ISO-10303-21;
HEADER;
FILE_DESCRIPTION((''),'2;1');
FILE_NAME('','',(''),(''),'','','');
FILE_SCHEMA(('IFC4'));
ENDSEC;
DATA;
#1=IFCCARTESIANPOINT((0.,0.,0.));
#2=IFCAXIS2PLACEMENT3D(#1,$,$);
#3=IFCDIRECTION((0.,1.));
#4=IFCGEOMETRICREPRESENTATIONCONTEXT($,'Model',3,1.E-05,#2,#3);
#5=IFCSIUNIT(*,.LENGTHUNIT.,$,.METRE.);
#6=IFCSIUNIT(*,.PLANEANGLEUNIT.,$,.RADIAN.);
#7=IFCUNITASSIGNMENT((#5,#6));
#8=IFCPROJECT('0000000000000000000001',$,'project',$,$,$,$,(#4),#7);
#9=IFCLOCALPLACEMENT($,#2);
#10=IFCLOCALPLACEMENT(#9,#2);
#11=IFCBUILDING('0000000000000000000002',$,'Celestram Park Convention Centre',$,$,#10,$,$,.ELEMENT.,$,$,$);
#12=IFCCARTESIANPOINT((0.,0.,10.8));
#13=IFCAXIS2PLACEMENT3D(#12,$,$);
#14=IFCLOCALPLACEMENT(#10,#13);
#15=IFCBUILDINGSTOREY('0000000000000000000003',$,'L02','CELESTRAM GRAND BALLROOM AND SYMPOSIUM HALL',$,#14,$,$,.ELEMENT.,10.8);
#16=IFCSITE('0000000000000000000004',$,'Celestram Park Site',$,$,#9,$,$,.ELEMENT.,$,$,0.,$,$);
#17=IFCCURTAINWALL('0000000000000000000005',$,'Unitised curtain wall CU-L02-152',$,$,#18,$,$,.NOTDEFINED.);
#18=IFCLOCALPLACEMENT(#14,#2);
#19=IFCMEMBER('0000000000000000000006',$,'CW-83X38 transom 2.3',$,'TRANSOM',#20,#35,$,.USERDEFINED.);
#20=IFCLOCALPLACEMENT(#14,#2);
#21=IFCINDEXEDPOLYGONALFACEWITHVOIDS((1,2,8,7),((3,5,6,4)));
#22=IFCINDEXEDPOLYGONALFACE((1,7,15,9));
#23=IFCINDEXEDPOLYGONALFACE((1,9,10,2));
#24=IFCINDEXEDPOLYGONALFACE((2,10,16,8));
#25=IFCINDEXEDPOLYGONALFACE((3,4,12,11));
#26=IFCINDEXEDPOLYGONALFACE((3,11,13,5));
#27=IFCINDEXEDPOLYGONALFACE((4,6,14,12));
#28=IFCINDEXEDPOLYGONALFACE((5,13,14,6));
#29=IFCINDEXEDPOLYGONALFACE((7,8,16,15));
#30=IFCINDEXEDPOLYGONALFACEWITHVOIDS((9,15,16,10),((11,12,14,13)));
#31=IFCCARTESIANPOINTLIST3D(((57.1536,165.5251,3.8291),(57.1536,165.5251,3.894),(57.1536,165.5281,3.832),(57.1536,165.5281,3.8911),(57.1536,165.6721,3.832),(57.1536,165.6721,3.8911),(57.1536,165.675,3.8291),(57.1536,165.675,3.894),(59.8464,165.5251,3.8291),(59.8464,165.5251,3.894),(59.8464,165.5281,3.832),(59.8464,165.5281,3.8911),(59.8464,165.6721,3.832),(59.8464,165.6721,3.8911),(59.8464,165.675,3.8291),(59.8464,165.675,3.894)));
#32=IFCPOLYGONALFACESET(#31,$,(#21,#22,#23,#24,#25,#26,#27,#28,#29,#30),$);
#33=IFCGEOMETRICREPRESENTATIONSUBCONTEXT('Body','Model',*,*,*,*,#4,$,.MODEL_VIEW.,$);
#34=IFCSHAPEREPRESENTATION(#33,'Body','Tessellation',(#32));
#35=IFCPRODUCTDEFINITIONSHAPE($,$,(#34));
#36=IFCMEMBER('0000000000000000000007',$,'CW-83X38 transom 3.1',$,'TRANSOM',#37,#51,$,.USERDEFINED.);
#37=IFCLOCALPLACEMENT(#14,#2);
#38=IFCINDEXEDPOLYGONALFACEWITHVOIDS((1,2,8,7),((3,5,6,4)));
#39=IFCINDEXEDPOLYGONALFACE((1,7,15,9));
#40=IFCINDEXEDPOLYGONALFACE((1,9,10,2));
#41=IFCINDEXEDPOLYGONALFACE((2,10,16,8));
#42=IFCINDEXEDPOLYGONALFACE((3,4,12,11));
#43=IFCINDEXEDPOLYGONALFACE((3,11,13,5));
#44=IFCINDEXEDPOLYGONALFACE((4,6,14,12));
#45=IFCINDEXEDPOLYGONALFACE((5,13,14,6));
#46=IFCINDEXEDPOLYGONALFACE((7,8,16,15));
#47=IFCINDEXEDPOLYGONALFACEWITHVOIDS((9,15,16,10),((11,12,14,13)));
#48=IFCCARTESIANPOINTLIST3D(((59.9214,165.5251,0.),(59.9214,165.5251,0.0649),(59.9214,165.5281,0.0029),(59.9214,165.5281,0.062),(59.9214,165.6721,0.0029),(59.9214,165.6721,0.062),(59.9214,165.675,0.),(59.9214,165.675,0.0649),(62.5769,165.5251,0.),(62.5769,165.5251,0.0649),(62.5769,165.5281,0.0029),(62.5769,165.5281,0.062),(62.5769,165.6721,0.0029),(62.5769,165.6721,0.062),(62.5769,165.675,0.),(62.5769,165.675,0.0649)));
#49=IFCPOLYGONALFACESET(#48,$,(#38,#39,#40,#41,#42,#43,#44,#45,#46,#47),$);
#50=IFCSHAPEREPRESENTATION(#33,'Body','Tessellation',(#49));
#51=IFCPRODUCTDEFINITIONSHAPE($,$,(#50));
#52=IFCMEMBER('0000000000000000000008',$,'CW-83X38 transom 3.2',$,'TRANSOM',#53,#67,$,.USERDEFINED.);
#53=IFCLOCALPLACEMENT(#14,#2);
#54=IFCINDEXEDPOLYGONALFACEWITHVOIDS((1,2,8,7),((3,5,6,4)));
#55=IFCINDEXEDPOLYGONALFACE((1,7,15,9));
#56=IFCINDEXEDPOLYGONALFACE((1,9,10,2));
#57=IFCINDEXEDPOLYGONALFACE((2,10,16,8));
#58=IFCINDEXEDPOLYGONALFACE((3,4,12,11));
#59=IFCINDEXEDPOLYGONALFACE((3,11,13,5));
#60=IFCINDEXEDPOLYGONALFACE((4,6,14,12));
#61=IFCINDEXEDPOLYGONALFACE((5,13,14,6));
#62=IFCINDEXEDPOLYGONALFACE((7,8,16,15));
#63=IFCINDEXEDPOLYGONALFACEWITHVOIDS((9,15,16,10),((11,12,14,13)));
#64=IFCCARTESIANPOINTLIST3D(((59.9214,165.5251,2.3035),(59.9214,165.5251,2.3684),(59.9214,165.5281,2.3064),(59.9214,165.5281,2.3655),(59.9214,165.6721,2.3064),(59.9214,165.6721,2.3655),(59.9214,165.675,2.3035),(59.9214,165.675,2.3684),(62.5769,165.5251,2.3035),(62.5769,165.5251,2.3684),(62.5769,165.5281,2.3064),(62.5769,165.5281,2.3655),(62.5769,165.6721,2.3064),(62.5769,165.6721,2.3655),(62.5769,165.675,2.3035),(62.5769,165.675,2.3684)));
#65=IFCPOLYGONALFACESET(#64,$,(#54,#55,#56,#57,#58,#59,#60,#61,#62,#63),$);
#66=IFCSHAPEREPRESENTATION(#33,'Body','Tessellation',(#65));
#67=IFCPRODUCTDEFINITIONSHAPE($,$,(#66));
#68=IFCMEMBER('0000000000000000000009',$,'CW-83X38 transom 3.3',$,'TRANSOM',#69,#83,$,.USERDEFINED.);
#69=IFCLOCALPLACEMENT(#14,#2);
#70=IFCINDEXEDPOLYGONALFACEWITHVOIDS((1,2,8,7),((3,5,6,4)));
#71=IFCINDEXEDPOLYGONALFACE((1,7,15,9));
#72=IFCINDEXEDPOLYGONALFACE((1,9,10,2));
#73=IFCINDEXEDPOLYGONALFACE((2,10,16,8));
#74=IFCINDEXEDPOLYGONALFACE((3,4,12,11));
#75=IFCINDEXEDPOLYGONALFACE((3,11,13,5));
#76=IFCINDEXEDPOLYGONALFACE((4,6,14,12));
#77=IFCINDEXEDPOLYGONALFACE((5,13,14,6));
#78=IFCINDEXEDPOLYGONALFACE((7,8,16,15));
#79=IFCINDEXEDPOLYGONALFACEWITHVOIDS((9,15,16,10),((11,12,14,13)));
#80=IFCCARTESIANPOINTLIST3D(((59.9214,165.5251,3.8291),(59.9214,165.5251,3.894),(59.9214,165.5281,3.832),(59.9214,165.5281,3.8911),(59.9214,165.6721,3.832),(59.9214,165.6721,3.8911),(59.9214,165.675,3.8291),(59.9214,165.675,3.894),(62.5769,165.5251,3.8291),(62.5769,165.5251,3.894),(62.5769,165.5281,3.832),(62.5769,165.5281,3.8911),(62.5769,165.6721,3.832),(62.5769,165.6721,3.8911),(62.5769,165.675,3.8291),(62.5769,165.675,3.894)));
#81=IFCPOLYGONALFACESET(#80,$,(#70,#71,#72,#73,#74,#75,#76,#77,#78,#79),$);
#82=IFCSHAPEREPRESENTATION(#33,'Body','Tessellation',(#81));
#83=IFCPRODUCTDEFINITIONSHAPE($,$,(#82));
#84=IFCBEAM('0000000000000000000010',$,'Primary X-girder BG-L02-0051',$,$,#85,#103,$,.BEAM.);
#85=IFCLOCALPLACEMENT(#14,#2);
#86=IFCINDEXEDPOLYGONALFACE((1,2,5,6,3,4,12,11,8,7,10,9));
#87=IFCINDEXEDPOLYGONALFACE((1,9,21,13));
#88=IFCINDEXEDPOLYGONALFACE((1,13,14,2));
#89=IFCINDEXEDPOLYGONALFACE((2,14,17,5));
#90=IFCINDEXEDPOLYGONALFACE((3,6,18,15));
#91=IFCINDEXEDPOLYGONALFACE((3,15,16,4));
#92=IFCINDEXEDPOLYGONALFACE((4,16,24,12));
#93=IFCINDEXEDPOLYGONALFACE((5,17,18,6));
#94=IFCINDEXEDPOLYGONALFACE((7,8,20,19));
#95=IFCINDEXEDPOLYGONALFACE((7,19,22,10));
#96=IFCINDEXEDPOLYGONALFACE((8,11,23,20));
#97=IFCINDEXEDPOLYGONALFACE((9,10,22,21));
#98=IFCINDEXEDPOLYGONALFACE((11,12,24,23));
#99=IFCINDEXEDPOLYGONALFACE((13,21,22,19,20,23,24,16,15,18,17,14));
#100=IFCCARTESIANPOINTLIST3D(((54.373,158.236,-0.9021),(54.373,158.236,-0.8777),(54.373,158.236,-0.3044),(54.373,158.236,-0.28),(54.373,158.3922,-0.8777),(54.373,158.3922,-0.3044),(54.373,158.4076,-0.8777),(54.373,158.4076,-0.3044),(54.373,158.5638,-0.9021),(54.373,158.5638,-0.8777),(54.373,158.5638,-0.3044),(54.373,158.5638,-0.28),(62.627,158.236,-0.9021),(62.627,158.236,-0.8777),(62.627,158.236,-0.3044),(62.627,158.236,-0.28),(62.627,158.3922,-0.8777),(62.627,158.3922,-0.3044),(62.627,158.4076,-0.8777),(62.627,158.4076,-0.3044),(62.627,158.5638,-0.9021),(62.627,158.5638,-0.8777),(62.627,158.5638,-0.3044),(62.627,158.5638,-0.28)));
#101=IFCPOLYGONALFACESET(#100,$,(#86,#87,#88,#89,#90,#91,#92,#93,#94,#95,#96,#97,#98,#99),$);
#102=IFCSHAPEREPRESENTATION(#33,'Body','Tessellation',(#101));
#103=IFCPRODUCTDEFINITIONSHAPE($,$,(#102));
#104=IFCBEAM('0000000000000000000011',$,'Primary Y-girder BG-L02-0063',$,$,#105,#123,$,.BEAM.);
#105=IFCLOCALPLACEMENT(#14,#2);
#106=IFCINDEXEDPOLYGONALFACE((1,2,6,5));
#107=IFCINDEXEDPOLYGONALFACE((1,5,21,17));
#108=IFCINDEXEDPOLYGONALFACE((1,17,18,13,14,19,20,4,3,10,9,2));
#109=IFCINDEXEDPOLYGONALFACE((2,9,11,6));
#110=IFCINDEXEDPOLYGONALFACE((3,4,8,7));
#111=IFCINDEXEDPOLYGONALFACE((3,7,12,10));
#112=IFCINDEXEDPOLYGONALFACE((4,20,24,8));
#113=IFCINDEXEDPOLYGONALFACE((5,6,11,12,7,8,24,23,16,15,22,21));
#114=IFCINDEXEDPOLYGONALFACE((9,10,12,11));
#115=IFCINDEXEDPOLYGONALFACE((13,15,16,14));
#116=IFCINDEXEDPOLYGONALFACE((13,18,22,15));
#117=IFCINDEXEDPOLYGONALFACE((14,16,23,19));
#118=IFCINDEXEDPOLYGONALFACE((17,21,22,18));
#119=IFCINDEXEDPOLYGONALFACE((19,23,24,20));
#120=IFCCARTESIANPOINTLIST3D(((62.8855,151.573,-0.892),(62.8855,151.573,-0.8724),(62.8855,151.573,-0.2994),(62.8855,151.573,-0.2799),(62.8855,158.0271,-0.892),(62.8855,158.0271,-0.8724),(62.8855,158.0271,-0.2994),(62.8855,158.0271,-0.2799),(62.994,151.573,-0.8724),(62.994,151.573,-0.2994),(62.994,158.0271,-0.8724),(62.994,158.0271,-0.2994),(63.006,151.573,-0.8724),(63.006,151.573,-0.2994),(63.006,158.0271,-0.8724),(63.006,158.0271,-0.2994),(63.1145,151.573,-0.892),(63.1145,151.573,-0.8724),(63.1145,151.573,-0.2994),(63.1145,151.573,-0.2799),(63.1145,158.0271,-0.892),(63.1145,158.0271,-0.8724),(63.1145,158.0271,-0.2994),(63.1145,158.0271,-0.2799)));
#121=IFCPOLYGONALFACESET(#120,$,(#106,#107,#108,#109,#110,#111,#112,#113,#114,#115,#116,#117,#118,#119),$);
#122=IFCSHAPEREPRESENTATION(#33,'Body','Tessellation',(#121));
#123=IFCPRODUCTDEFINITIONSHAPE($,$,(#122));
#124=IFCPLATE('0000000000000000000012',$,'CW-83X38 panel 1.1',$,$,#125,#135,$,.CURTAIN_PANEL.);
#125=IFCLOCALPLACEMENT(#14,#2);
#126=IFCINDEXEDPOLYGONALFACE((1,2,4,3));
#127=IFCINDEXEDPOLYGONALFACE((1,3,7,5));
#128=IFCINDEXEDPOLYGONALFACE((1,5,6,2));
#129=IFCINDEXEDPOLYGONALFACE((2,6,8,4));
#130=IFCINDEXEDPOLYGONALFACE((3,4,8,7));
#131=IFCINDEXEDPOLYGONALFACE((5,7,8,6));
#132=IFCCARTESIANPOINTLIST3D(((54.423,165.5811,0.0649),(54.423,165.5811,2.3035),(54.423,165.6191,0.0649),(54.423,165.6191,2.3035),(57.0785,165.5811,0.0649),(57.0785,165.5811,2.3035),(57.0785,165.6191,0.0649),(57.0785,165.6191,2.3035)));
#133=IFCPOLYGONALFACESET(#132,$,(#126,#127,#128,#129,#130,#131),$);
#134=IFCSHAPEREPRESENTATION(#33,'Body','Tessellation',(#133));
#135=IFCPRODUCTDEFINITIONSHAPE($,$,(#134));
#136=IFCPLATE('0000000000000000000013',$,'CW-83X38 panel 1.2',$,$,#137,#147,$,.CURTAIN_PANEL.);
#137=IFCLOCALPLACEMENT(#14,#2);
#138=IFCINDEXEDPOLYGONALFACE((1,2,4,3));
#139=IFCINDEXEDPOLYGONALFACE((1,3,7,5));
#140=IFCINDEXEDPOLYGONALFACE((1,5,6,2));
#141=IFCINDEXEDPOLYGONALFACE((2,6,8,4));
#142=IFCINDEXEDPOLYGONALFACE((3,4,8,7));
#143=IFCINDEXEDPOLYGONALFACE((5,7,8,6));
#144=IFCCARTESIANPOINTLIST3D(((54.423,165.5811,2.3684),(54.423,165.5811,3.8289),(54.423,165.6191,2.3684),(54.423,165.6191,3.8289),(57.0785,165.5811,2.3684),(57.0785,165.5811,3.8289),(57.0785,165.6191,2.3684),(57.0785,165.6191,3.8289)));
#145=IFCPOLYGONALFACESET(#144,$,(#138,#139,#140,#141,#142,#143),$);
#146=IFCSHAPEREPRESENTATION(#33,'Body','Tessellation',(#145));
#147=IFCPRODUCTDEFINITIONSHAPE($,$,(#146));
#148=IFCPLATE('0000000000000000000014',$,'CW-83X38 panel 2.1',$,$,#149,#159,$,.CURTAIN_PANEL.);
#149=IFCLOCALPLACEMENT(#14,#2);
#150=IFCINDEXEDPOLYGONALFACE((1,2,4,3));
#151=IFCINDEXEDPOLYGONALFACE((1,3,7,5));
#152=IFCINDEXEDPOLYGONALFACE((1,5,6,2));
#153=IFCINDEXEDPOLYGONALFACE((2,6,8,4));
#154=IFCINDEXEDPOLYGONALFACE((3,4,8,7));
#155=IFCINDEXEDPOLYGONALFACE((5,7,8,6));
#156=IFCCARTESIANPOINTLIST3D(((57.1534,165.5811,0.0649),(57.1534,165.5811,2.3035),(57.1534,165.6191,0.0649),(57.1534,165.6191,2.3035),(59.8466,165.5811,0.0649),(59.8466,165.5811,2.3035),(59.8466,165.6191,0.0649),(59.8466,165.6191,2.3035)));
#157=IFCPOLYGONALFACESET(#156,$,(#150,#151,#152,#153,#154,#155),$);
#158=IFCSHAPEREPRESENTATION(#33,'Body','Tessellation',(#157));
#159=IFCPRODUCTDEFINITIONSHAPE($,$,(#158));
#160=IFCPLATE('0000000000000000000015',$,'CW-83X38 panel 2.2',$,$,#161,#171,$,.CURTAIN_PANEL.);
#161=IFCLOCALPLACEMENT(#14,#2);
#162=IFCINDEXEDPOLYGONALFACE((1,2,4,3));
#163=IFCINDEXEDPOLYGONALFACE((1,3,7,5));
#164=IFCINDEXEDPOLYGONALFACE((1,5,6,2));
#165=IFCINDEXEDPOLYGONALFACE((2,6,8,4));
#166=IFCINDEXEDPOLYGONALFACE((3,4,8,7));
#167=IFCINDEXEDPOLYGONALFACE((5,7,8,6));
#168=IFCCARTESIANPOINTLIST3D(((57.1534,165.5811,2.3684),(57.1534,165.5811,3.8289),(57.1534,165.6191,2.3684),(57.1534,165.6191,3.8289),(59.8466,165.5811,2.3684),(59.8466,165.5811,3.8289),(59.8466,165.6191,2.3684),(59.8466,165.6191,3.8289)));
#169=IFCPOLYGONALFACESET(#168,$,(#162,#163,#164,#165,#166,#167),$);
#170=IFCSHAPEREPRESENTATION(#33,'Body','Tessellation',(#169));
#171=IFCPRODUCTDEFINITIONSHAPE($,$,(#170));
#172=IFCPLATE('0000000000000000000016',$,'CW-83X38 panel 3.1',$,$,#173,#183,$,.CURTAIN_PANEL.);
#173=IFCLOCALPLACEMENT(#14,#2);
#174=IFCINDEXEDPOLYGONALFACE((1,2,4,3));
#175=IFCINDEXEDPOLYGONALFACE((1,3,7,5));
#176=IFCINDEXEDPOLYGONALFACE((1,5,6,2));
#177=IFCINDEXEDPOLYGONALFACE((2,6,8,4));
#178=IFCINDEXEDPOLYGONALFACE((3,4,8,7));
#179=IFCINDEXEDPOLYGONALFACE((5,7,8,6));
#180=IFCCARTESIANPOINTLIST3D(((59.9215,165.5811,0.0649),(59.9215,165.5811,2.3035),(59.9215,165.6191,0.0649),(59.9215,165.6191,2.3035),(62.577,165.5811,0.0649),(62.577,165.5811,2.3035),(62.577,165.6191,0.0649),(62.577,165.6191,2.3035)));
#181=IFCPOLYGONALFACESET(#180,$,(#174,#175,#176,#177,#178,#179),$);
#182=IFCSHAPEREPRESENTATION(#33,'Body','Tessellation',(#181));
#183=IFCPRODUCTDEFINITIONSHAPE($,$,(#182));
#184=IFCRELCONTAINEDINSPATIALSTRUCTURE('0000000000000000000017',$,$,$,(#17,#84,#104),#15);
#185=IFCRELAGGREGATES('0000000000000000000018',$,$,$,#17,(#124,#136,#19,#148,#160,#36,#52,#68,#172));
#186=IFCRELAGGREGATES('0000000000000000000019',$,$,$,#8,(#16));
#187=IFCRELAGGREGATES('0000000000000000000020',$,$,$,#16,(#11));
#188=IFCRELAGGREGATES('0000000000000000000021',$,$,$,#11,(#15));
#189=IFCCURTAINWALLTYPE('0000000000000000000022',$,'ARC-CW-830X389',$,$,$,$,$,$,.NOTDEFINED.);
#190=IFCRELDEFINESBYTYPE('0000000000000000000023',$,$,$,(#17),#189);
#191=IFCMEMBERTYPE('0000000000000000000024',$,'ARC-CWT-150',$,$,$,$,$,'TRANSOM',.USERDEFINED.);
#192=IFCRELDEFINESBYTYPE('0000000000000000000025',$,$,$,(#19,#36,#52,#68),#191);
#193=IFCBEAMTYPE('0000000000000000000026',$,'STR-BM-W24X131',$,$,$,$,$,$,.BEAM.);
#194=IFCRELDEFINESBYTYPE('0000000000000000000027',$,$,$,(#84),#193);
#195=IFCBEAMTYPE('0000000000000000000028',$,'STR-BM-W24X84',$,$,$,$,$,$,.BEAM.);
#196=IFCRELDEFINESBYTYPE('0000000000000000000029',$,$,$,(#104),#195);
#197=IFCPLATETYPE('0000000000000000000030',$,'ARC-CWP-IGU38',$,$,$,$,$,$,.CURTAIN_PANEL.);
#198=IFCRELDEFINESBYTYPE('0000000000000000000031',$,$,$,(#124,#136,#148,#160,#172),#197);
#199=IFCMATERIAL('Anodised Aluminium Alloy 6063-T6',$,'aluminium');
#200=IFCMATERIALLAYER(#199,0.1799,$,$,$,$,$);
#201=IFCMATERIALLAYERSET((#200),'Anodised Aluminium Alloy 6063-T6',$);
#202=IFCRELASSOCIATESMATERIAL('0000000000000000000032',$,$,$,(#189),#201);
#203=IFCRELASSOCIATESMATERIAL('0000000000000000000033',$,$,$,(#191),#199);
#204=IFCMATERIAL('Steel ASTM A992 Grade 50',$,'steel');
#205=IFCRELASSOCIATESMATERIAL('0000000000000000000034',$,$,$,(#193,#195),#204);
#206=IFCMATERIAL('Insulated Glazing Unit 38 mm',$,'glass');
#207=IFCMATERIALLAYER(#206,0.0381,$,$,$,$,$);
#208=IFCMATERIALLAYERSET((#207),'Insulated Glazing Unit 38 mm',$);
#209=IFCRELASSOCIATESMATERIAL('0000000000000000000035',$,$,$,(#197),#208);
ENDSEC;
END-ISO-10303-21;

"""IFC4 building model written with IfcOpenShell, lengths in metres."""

from ifc_helpers import new_model, si_unit, direction, frame, origin, origin_2d, place, context, subcontext, project, spatial, rectangle, hollow_rectangle, i_section, extrude, material, layer, layer_set, material_profile, profile_set, type_object, element, aggregate, save


model = new_model("IFC4")

# Units and contexts
model_context = context("Model", 3, precision=1e-05, world=origin(), true_north=direction((0.0, 1.0)))
body_context = subcontext(model_context, "Body", "Model", "MODEL_VIEW")
ifc_project = project(units=[si_unit("LENGTHUNIT", "METRE"), si_unit("PLANEANGLEUNIT", "RADIAN")], contexts=[model_context])

# Site, building, storey
site_placement = place(None, origin())
site = spatial("IfcSite", under=ifc_project, at=site_placement, Name="Celestram Park Site", CompositionType="ELEMENT", RefElevation=0.0)
building_placement = place(site_placement, origin())
building = spatial("IfcBuilding", under=site, at=building_placement, Name="Celestram Park Convention Centre", CompositionType="ELEMENT")
storey_placement = place(building_placement, frame((0.0, 0.0, 10.8)))
storey = spatial("IfcBuildingStorey", under=building, at=storey_placement, Name="L02", Description="CELESTRAM GRAND BALLROOM AND SYMPOSIUM HALL", CompositionType="ELEMENT", Elevation=10.8)

# Curtain wall, members
ifc_material_1 = material(Name="Anodised Aluminium Alloy 6063-T6", Category="aluminium")
ifc_layer_1 = layer(ifc_material_1, 0.1799)
ifc_layer_set_1 = layer_set([ifc_layer_1], Name="Anodised Aluminium Alloy 6063-T6")
curtain_wall_type = type_object("IfcCurtainWallType", Name="ARC-CW-830X389", PredefinedType="NOTDEFINED", material=ifc_layer_set_1)
curtain_wall_placement = place(storey_placement, origin())
curtain_wall = element("IfcCurtainWall", 1, at=curtain_wall_placement, inside=storey, type_object=curtain_wall_type, Name="Unitised curtain wall CU-L02-152", PredefinedType="NOTDEFINED")
ifc_material_profile_1 = material_profile(ifc_material_1, hollow_rectangle(XDim=0.1499, YDim=0.0649, WallThickness=0.0029, at=origin_2d()), Name="ALU150X65X3")
ifc_profile_set_1 = profile_set([ifc_material_profile_1], Name="Anodised Aluminium Alloy 6063-T6")
member_type_1 = type_object("IfcMemberType", Name="ARC-CWT-150", ElementType="TRANSOM", PredefinedType="USERDEFINED", material=ifc_profile_set_1)
member_1_placement = place(storey_placement, frame((57.1536, 165.6001, 3.8616), z_axis=(1.0, 0.0, 0.0), x_axis=(0.0, 1.0, 0.0)))
member_1 = element("IfcMember", 2, at=member_1_placement, type_object=member_type_1, Name="CW-83X38 transom 2.3", ObjectType="TRANSOM", PredefinedType="USERDEFINED", context=body_context, shape_type="SweptSolid", body=[
    extrude(hollow_rectangle(XDim=0.1499, YDim=0.0649, WallThickness=0.0029, at=origin_2d()), origin(), (0.0, 0.0, 1.0), 2.6929),
])
member_2_placement = place(storey_placement, frame((59.9214, 165.6001, 0.0325), z_axis=(1.0, 0.0, 0.0), x_axis=(0.0, 1.0, 0.0)))
member_2 = element("IfcMember", 3, at=member_2_placement, type_object=member_type_1, Name="CW-83X38 transom 3.1", ObjectType="TRANSOM", PredefinedType="USERDEFINED", context=body_context, shape_type="SweptSolid", body=[
    extrude(hollow_rectangle(XDim=0.1499, YDim=0.0649, WallThickness=0.0029, at=origin_2d()), origin(), (0.0, 0.0, 1.0), 2.6555),
])
member_3_placement = place(storey_placement, frame((59.9214, 165.6001, 2.3359), z_axis=(1.0, 0.0, 0.0), x_axis=(0.0, 1.0, 0.0)))
member_3 = element("IfcMember", 4, at=member_3_placement, type_object=member_type_1, Name="CW-83X38 transom 3.2", ObjectType="TRANSOM", PredefinedType="USERDEFINED", context=body_context, shape_type="SweptSolid", body=[
    extrude(hollow_rectangle(XDim=0.1499, YDim=0.0649, WallThickness=0.0029, at=origin_2d()), origin(), (0.0, 0.0, 1.0), 2.6555),
])
member_4_placement = place(storey_placement, frame((59.9214, 165.6001, 3.8616), z_axis=(1.0, 0.0, 0.0), x_axis=(0.0, 1.0, 0.0)))
member_4 = element("IfcMember", 5, at=member_4_placement, type_object=member_type_1, Name="CW-83X38 transom 3.3", ObjectType="TRANSOM", PredefinedType="USERDEFINED", context=body_context, shape_type="SweptSolid", body=[
    extrude(hollow_rectangle(XDim=0.1499, YDim=0.0649, WallThickness=0.0029, at=origin_2d()), origin(), (0.0, 0.0, 1.0), 2.6555),
])

# Beams
ifc_material_2 = material(Name="Steel ASTM A992 Grade 50", Category="steel")
ifc_material_profile_2 = material_profile(ifc_material_2, i_section(OverallWidth=0.3279, OverallDepth=0.6221, WebThickness=0.0154, FlangeThickness=0.0244, at=origin_2d()), Name="W24X131")
ifc_profile_set_2 = profile_set([ifc_material_profile_2], Name="Steel ASTM A992 Grade 50")
beam_type_1 = type_object("IfcBeamType", Name="STR-BM-W24X131", PredefinedType="BEAM", material=ifc_profile_set_2)
beam_1_placement = place(storey_placement, frame((54.373, 158.3999, -0.5911), z_axis=(1.0, 0.0, 0.0), x_axis=(0.0, 1.0, 0.0)))
element("IfcBeam", 6, at=beam_1_placement, inside=storey, type_object=beam_type_1, Name="Primary X-girder BG-L02-0051", PredefinedType="BEAM", context=body_context, shape_type="SweptSolid", body=[
    extrude(i_section(OverallWidth=0.3279, OverallDepth=0.6221, WebThickness=0.0154, FlangeThickness=0.0244, at=origin_2d()), origin(), (0.0, 0.0, 1.0), 8.2539),
])
ifc_material_profile_3 = material_profile(ifc_material_2, i_section(OverallWidth=0.229, OverallDepth=0.6121, WebThickness=0.012, FlangeThickness=0.0195, at=origin_2d()), Name="W24X84")
ifc_profile_set_3 = profile_set([ifc_material_profile_3], Name="Steel ASTM A992 Grade 50")
beam_type_2 = type_object("IfcBeamType", Name="STR-BM-W24X84", PredefinedType="BEAM", material=ifc_profile_set_3)
beam_2_placement = place(storey_placement, frame((63.0, 151.573, -0.5859), z_axis=(0.0, 1.0, 0.0), x_axis=(-1.0, 0.0, 0.0)))
element("IfcBeam", 7, at=beam_2_placement, inside=storey, type_object=beam_type_2, Name="Primary Y-girder BG-L02-0063", PredefinedType="BEAM", context=body_context, shape_type="SweptSolid", body=[
    extrude(i_section(OverallWidth=0.229, OverallDepth=0.6121, WebThickness=0.012, FlangeThickness=0.0195, at=origin_2d()), origin(), (0.0, 0.0, 1.0), 6.4541),
])

# Plates
ifc_material_3 = material(Name="Insulated Glazing Unit 38 mm", Category="glass")
ifc_layer_2 = layer(ifc_material_3, 0.0381)
ifc_layer_set_2 = layer_set([ifc_layer_2], Name="Insulated Glazing Unit 38 mm")
plate_type = type_object("IfcPlateType", Name="ARC-CWP-IGU38", PredefinedType="CURTAIN_PANEL", material=ifc_layer_set_2)
plate_1_placement = place(storey_placement, frame((55.7507, 165.6001, 0.0649), z_axis=(0.0, 0.0, 1.0), x_axis=(1.0, 0.0, 0.0)))
plate_1 = element("IfcPlate", 8, at=plate_1_placement, type_object=plate_type, Name="CW-83X38 panel 1.1", PredefinedType="CURTAIN_PANEL", context=body_context, shape_type="SweptSolid", body=[
    extrude(rectangle(XDim=2.6555, YDim=0.0381, at=origin_2d()), origin(), (0.0, 0.0, 1.0), 2.2385),
])
plate_2_placement = place(storey_placement, frame((55.7507, 165.6001, 2.3684), z_axis=(0.0, 0.0, 1.0), x_axis=(1.0, 0.0, 0.0)))
plate_2 = element("IfcPlate", 9, at=plate_2_placement, type_object=plate_type, Name="CW-83X38 panel 1.2", PredefinedType="CURTAIN_PANEL", context=body_context, shape_type="SweptSolid", body=[
    extrude(rectangle(XDim=2.6555, YDim=0.0381, at=origin_2d()), origin(), (0.0, 0.0, 1.0), 1.4604),
])
plate_3_placement = place(storey_placement, frame((58.5, 165.6001, 0.0649), z_axis=(0.0, 0.0, 1.0), x_axis=(1.0, 0.0, 0.0)))
plate_3 = element("IfcPlate", 10, at=plate_3_placement, type_object=plate_type, Name="CW-83X38 panel 2.1", PredefinedType="CURTAIN_PANEL", context=body_context, shape_type="SweptSolid", body=[
    extrude(rectangle(XDim=2.6931, YDim=0.0381, at=origin_2d()), origin(), (0.0, 0.0, 1.0), 2.2385),
])
plate_4_placement = place(storey_placement, frame((58.5, 165.6001, 2.3684), z_axis=(0.0, 0.0, 1.0), x_axis=(1.0, 0.0, 0.0)))
plate_4 = element("IfcPlate", 11, at=plate_4_placement, type_object=plate_type, Name="CW-83X38 panel 2.2", PredefinedType="CURTAIN_PANEL", context=body_context, shape_type="SweptSolid", body=[
    extrude(rectangle(XDim=2.6931, YDim=0.0381, at=origin_2d()), origin(), (0.0, 0.0, 1.0), 1.4604),
])
plate_5_placement = place(storey_placement, frame((61.2493, 165.6001, 0.0649), z_axis=(0.0, 0.0, 1.0), x_axis=(1.0, 0.0, 0.0)))
plate_5 = element("IfcPlate", 12, at=plate_5_placement, type_object=plate_type, Name="CW-83X38 panel 3.1", PredefinedType="CURTAIN_PANEL", context=body_context, shape_type="SweptSolid", body=[
    extrude(rectangle(XDim=2.6555, YDim=0.0381, at=origin_2d()), origin(), (0.0, 0.0, 1.0), 2.2385),
])
aggregate(curtain_wall, [plate_1, plate_2, member_1, plate_3, plate_4, member_2, member_3, member_4, plate_5])

save(model, "model.ifc")
